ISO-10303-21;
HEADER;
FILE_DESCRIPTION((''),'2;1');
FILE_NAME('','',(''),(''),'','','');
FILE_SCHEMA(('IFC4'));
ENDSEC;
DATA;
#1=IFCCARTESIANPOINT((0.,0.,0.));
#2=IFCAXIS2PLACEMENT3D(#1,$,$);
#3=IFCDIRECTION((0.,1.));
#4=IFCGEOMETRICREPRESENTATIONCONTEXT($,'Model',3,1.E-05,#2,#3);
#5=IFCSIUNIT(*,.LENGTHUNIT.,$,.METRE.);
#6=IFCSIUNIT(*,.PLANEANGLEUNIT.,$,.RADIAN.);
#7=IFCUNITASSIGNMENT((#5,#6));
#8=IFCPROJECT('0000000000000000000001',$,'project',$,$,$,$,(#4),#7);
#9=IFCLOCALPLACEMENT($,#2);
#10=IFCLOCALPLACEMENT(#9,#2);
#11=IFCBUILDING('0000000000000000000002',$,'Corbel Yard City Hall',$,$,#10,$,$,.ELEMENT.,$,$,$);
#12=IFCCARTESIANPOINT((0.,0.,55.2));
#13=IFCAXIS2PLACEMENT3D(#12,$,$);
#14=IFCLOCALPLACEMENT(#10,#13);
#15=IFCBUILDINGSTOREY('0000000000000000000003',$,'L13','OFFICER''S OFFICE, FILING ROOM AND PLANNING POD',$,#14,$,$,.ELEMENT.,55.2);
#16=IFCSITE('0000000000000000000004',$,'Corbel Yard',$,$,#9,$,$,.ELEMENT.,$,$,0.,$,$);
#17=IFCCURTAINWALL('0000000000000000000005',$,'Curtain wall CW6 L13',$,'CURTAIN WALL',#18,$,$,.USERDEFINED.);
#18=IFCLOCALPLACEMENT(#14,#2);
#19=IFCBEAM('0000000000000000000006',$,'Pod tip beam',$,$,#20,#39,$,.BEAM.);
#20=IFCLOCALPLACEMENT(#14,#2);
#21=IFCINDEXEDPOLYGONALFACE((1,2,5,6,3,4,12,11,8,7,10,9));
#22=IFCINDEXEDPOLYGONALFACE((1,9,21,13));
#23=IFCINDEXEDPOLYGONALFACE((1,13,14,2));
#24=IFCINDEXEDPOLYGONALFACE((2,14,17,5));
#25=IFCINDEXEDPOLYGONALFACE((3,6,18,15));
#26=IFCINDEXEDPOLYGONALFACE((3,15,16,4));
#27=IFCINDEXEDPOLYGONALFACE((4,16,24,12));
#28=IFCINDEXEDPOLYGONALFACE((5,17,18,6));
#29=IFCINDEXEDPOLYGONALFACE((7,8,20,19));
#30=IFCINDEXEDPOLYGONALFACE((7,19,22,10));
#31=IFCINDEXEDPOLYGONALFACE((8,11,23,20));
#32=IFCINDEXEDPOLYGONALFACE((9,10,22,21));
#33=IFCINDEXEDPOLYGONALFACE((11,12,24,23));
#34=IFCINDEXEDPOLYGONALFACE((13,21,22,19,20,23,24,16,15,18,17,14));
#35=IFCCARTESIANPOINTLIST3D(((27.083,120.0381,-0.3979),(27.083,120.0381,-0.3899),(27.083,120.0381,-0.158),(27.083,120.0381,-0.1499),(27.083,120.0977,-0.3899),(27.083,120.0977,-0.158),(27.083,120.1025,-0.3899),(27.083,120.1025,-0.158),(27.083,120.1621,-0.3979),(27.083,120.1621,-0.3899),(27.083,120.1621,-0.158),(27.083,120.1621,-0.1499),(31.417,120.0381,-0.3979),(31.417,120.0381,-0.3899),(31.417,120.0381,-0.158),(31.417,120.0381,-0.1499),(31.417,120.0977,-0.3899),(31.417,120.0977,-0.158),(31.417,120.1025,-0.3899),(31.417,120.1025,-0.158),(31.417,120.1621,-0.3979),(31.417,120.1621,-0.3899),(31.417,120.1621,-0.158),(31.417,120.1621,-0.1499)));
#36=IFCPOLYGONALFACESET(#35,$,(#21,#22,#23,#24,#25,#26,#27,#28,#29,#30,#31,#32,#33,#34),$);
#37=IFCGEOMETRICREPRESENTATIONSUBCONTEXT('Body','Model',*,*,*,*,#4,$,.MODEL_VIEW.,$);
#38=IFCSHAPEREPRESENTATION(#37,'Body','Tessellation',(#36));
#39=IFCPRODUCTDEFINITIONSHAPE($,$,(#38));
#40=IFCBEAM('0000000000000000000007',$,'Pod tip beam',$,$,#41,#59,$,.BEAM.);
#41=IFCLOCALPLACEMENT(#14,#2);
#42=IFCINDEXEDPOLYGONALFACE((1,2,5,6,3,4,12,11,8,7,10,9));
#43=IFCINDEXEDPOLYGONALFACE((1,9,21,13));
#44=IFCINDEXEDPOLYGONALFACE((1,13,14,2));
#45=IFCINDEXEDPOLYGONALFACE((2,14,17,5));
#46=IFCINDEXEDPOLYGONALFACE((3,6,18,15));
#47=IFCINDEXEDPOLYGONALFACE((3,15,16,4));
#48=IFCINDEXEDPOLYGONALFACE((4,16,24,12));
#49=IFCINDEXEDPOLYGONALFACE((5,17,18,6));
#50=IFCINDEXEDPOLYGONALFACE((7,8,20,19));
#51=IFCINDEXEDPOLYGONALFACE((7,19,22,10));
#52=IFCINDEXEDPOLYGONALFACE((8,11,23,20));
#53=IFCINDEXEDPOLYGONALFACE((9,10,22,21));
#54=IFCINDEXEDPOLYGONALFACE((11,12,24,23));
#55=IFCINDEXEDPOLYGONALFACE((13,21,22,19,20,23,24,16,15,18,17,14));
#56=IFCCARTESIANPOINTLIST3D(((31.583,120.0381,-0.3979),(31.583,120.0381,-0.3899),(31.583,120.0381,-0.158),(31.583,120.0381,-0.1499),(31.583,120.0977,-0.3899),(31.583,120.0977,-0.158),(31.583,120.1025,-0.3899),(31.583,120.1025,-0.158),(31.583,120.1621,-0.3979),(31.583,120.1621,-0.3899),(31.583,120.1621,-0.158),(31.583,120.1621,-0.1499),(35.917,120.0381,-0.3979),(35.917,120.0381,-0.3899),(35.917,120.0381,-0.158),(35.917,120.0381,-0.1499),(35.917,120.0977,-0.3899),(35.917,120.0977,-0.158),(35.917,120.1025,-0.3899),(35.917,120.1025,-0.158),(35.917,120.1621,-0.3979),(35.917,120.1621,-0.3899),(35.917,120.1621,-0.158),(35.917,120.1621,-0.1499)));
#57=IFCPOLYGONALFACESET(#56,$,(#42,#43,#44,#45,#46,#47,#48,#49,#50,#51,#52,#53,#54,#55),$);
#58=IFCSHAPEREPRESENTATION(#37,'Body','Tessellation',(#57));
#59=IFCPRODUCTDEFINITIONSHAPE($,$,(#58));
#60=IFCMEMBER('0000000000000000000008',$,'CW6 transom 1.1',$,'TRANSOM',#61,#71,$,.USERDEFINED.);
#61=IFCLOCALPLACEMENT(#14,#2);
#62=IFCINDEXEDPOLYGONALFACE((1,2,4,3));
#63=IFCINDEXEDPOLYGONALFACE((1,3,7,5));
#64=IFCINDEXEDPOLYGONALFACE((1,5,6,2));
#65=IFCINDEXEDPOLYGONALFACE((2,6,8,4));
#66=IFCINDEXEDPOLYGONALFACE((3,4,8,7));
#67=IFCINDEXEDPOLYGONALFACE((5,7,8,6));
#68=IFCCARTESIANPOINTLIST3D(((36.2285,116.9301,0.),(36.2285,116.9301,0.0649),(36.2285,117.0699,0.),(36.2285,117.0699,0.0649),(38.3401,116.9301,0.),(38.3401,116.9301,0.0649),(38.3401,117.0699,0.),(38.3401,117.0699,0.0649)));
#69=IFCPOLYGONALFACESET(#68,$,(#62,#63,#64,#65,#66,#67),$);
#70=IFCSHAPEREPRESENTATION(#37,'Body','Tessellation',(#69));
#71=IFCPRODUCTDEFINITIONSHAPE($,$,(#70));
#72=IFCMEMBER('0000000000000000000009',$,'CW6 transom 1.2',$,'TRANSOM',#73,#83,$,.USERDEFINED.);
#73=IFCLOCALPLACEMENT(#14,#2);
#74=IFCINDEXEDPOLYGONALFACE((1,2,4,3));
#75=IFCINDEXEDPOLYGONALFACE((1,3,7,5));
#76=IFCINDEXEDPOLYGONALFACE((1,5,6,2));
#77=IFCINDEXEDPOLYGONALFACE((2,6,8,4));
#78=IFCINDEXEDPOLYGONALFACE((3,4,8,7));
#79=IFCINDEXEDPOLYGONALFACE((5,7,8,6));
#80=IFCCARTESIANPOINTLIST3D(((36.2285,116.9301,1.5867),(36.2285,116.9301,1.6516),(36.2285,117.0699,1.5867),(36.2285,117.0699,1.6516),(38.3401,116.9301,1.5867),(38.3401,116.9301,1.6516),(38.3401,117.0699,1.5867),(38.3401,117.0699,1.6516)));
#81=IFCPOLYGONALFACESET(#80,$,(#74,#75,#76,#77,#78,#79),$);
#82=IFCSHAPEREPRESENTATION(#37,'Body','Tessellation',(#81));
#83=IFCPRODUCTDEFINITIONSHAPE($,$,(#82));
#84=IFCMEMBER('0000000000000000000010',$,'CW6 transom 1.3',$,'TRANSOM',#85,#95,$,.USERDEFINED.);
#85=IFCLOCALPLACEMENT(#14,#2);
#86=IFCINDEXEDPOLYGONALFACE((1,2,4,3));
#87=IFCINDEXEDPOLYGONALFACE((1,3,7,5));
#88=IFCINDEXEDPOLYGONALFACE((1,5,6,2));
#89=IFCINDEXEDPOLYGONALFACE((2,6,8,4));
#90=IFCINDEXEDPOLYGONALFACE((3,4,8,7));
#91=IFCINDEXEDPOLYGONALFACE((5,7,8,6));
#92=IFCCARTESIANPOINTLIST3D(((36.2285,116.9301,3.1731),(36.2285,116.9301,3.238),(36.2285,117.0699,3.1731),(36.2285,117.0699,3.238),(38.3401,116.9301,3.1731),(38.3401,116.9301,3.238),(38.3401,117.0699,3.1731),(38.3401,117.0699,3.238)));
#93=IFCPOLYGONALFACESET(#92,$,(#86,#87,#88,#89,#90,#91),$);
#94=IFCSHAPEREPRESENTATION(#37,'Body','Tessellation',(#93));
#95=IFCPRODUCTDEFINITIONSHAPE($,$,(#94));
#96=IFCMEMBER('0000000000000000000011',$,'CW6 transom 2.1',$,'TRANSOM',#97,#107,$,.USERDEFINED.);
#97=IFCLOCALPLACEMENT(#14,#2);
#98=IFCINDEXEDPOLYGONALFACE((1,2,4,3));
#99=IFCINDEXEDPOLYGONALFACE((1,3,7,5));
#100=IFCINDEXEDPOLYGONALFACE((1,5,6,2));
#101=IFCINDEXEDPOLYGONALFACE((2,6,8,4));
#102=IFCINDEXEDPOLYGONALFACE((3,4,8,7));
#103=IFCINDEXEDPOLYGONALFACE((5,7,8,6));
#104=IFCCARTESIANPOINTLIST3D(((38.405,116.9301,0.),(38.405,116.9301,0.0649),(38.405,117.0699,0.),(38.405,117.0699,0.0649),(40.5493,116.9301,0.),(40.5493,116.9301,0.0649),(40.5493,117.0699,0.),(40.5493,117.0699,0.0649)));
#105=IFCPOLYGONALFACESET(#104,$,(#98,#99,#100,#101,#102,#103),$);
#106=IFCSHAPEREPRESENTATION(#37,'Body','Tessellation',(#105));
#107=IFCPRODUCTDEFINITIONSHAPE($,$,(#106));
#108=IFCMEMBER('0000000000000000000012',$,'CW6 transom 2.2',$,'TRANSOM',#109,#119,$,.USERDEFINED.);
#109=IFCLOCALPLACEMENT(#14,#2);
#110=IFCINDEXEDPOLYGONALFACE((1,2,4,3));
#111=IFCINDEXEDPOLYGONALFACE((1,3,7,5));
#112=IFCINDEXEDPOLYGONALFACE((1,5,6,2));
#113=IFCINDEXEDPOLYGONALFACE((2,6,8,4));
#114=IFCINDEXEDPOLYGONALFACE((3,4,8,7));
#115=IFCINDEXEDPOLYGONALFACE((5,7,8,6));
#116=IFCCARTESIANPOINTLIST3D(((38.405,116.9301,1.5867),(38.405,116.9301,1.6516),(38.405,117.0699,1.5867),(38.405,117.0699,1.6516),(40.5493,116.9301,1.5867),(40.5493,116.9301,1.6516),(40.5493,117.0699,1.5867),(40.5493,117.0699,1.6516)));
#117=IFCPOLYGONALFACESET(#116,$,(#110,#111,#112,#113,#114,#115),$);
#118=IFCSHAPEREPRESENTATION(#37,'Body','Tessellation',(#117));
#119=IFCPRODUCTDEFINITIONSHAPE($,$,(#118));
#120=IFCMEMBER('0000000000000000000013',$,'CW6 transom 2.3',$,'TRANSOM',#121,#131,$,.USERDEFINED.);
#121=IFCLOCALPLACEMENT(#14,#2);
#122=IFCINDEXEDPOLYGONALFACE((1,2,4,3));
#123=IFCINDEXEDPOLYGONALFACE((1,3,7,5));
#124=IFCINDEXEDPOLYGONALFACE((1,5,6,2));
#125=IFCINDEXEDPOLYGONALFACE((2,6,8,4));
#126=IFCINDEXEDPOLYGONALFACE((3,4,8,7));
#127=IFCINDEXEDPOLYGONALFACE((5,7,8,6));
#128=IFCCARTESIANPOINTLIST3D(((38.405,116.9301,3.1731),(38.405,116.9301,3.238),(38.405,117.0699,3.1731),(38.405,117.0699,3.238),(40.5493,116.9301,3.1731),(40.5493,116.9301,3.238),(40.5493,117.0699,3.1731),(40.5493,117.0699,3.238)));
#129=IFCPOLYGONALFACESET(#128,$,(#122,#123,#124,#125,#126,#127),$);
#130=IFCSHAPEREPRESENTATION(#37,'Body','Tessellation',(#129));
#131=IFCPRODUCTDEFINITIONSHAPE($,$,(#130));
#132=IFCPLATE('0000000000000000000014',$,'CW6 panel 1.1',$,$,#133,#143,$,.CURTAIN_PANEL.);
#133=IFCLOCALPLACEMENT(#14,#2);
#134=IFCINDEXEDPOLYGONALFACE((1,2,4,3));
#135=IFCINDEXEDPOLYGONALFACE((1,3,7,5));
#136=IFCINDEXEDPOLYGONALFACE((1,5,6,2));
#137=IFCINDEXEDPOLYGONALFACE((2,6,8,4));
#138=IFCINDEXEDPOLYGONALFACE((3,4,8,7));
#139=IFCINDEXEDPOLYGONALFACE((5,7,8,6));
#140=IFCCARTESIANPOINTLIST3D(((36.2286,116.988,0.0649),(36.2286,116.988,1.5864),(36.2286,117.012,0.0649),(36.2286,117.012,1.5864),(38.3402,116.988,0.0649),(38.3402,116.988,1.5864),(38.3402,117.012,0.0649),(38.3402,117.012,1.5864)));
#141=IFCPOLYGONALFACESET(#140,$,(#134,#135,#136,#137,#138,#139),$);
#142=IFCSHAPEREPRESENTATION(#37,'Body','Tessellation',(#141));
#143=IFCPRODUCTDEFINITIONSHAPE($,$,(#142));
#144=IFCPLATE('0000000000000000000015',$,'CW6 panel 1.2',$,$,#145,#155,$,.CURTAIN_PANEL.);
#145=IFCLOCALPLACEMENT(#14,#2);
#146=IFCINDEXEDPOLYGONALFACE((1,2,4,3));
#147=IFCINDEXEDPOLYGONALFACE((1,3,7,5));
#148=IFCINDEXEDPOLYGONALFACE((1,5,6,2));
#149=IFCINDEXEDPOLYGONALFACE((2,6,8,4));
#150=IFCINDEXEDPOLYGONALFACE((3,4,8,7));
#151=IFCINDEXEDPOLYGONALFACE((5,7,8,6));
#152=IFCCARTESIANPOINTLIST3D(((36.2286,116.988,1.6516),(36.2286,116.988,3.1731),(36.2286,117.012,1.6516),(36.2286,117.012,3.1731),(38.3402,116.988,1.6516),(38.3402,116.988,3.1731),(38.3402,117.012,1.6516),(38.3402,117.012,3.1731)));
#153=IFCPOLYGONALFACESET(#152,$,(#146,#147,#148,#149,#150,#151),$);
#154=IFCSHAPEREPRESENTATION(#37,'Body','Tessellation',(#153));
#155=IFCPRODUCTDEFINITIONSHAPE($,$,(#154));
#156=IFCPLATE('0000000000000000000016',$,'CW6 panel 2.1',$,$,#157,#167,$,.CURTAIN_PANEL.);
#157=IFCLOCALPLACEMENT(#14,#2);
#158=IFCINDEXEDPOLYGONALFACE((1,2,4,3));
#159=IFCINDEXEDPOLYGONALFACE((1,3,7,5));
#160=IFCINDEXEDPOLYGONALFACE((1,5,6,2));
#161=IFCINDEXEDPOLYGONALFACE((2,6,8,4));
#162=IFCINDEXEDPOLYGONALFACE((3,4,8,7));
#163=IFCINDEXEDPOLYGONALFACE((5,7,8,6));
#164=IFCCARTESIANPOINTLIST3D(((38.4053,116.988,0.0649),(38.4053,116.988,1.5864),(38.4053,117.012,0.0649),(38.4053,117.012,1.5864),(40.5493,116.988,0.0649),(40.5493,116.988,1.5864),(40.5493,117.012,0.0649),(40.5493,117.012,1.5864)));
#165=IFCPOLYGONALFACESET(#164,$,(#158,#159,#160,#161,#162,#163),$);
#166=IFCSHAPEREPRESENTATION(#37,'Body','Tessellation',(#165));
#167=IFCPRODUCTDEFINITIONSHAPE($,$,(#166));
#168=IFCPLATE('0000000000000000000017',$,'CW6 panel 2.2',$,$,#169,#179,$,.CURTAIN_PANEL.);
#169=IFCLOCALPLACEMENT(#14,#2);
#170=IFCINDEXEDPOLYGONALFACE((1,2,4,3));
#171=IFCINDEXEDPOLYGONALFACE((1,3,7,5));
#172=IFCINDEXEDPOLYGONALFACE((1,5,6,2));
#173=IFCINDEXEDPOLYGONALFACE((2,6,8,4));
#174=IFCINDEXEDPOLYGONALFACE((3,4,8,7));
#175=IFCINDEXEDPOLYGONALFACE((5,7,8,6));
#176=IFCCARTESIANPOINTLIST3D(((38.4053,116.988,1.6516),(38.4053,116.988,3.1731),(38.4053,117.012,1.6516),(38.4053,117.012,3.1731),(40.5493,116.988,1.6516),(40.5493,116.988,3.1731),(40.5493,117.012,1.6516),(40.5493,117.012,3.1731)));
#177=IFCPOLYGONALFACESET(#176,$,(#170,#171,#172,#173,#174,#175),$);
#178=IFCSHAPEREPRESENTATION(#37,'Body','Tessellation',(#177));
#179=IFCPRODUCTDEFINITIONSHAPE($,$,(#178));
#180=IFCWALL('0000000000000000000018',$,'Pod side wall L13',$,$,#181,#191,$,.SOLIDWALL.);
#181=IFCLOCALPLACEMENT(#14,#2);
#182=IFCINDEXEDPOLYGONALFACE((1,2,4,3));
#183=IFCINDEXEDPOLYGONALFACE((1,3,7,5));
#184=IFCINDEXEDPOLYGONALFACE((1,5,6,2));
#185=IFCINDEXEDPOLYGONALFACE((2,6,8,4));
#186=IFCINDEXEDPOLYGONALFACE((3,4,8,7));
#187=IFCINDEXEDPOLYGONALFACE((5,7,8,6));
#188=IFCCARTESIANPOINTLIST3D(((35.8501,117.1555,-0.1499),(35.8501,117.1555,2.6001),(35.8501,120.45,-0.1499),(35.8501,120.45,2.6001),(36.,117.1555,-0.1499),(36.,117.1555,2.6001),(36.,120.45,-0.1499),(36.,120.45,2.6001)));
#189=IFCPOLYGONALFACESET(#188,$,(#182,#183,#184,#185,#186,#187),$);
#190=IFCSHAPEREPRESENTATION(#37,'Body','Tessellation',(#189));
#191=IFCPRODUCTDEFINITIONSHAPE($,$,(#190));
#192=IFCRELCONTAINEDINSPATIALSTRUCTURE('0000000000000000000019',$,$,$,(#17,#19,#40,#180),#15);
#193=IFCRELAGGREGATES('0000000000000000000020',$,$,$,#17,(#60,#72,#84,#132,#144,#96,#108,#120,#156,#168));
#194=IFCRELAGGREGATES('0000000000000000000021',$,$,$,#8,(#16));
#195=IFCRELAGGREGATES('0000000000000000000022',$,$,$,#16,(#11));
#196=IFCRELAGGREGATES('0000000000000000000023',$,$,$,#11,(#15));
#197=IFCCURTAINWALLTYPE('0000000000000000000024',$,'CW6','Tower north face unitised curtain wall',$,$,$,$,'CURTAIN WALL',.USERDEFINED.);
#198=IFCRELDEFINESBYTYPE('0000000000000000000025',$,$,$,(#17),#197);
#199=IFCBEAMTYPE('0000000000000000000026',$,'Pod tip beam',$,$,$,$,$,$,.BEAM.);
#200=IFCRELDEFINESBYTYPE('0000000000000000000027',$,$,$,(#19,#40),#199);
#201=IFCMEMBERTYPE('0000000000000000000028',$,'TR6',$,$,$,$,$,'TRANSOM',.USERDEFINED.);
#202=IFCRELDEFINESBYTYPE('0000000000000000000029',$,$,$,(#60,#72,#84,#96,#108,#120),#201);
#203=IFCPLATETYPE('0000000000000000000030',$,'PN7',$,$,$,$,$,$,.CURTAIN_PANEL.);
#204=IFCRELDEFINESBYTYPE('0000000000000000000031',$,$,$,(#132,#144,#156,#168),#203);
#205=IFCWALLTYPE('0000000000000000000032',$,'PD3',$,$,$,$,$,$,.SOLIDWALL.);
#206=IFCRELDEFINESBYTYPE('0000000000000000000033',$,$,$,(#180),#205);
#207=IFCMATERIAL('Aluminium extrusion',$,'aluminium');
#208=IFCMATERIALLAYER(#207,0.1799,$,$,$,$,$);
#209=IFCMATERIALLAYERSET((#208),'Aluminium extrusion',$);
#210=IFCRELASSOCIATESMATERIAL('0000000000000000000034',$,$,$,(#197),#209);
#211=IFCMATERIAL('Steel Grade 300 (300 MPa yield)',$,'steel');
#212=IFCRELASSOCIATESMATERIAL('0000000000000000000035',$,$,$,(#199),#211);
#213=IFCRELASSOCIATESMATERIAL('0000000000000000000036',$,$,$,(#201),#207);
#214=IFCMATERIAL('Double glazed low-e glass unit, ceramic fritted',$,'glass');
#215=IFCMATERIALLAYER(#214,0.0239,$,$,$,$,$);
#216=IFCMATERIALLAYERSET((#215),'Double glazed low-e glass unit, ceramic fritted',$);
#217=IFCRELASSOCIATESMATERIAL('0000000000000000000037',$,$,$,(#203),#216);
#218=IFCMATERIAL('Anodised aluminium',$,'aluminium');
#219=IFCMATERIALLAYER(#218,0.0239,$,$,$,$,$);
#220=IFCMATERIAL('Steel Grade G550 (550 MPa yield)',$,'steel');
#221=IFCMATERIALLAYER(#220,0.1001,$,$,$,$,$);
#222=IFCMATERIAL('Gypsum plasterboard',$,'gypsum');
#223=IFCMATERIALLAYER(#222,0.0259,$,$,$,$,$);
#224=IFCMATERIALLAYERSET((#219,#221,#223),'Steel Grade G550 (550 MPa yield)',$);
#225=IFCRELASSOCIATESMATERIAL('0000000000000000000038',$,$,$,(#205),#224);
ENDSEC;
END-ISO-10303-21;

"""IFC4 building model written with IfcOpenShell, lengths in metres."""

from ifc_helpers import new_model, si_unit, direction, frame, frame_2d, origin, origin_2d, place, context, subcontext, project, spatial, rectangle, i_section, extrude, material, layer, layer_set, material_profile, profile_set, type_object, element, aggregate, save


model = new_model("IFC4")

# Units and contexts
model_context = context("Model", 3, precision=1e-05, world=origin(), true_north=direction((0.0, 1.0)))
body_context = subcontext(model_context, "Body", "Model", "MODEL_VIEW")
ifc_project = project(units=[si_unit("LENGTHUNIT", "METRE"), si_unit("PLANEANGLEUNIT", "RADIAN")], contexts=[model_context])

# Site, building, storey
site_placement = place(None, origin())
site = spatial("IfcSite", under=ifc_project, at=site_placement, Name="Corbel Yard", CompositionType="ELEMENT", RefElevation=0.0)
building_placement = place(site_placement, origin())
building = spatial("IfcBuilding", under=site, at=building_placement, Name="Corbel Yard City Hall", CompositionType="ELEMENT")
storey_placement = place(building_placement, frame((0.0, 0.0, 55.2)))
storey = spatial("IfcBuildingStorey", under=building, at=storey_placement, Name="L13", Description="OFFICER'S OFFICE, FILING ROOM AND PLANNING POD", CompositionType="ELEMENT", Elevation=55.2)

# Shared definitions
ifc_material_1 = material(Name="Steel Grade 300 (300 MPa yield)", Category="steel")

# Curtain wall
ifc_material_2 = material(Name="Aluminium extrusion", Category="aluminium")
ifc_layer_1 = layer(ifc_material_2, 0.1799)
ifc_layer_set_1 = layer_set([ifc_layer_1], Name="Aluminium extrusion")
curtain_wall_type = type_object("IfcCurtainWallType", Name="CW6", Description="Tower north face unitised curtain wall", ElementType="CURTAIN WALL", PredefinedType="USERDEFINED", material=ifc_layer_set_1)
curtain_wall_placement = place(storey_placement, origin())
curtain_wall = element("IfcCurtainWall", 1, at=curtain_wall_placement, inside=storey, type_object=curtain_wall_type, Name="Curtain wall CW6 L13", ObjectType="CURTAIN WALL", PredefinedType="USERDEFINED")

# Beams
ifc_material_profile_1 = material_profile(ifc_material_1, i_section(OverallWidth=0.124, OverallDepth=0.248, WebThickness=0.0049, FlangeThickness=0.0081, at=origin_2d()), Name="250UB25.7")
ifc_profile_set_1 = profile_set([ifc_material_profile_1], Name="Steel Grade 300 (300 MPa yield)")
beam_type_1 = type_object("IfcBeamType", Name="Pod tip beam", PredefinedType="BEAM", material=ifc_profile_set_1)
for number, where, z_axis, x_axis, name in (
    (2, (27.083, 120.1001, -0.2739), (1.0, 0.0, 0.0), (0.0, 1.0, 0.0), "Pod tip beam"),
    (3, (31.583, 120.1001, -0.2739), (1.0, 0.0, 0.0), (0.0, 1.0, 0.0), "Pod tip beam"),
):
    element("IfcBeam", number, at=place(storey_placement, frame(where, z_axis=z_axis, x_axis=x_axis)), inside=storey, type_object=beam_type_1, Name=name, PredefinedType="BEAM", context=body_context, shape_type="SweptSolid", body=[
        extrude(i_section(OverallWidth=0.124, OverallDepth=0.248, WebThickness=0.0049, FlangeThickness=0.0081, at=origin_2d()), origin(), (0.0, 0.0, 1.0), 4.334),
    ])

# Members
ifc_material_profile_2 = material_profile(ifc_material_2, rectangle(XDim=0.1399, YDim=0.0649, at=origin_2d()), Name="140x65")
ifc_profile_set_2 = profile_set([ifc_material_profile_2], Name="Aluminium extrusion")
member_type_1 = type_object("IfcMemberType", Name="TR6", ElementType="TRANSOM", PredefinedType="USERDEFINED", material=ifc_profile_set_2)
member_1_placement = place(storey_placement, frame((36.2285, 117.0, 0.0325), z_axis=(1.0, 0.0, 0.0), x_axis=(0.0, 1.0, 0.0)))
member_1 = element("IfcMember", 4, at=member_1_placement, type_object=member_type_1, Name="CW6 transom 1.1", ObjectType="TRANSOM", PredefinedType="USERDEFINED", context=body_context, shape_type="SweptSolid", body=[
    extrude(rectangle(XDim=0.1399, YDim=0.0649, at=origin_2d()), origin(), (0.0, 0.0, 1.0), 2.1116),
])
member_2_placement = place(storey_placement, frame((36.2285, 117.0, 1.6191), z_axis=(1.0, 0.0, 0.0), x_axis=(0.0, 1.0, 0.0)))
member_2 = element("IfcMember", 5, at=member_2_placement, type_object=member_type_1, Name="CW6 transom 1.2", ObjectType="TRANSOM", PredefinedType="USERDEFINED", context=body_context, shape_type="SweptSolid", body=[
    extrude(rectangle(XDim=0.1399, YDim=0.0649, at=origin_2d()), origin(), (0.0, 0.0, 1.0), 2.1116),
])
member_3_placement = place(storey_placement, frame((36.2285, 117.0, 3.2056), z_axis=(1.0, 0.0, 0.0), x_axis=(0.0, 1.0, 0.0)))
member_3 = element("IfcMember", 6, at=member_3_placement, type_object=member_type_1, Name="CW6 transom 1.3", ObjectType="TRANSOM", PredefinedType="USERDEFINED", context=body_context, shape_type="SweptSolid", body=[
    extrude(rectangle(XDim=0.1399, YDim=0.0649, at=origin_2d()), origin(), (0.0, 0.0, 1.0), 2.1116),
])
member_4_placement = place(storey_placement, frame((38.405, 117.0, 0.0325), z_axis=(1.0, 0.0, 0.0), x_axis=(0.0, 1.0, 0.0)))
member_4 = element("IfcMember", 7, at=member_4_placement, type_object=member_type_1, Name="CW6 transom 2.1", ObjectType="TRANSOM", PredefinedType="USERDEFINED", context=body_context, shape_type="SweptSolid", body=[
    extrude(rectangle(XDim=0.1399, YDim=0.0649, at=origin_2d()), origin(), (0.0, 0.0, 1.0), 2.1443),
])
member_5_placement = place(storey_placement, frame((38.405, 117.0, 1.6191), z_axis=(1.0, 0.0, 0.0), x_axis=(0.0, 1.0, 0.0)))
member_5 = element("IfcMember", 8, at=member_5_placement, type_object=member_type_1, Name="CW6 transom 2.2", ObjectType="TRANSOM", PredefinedType="USERDEFINED", context=body_context, shape_type="SweptSolid", body=[
    extrude(rectangle(XDim=0.1399, YDim=0.0649, at=origin_2d()), origin(), (0.0, 0.0, 1.0), 2.1443),
])
member_6_placement = place(storey_placement, frame((38.405, 117.0, 3.2056), z_axis=(1.0, 0.0, 0.0), x_axis=(0.0, 1.0, 0.0)))
member_6 = element("IfcMember", 9, at=member_6_placement, type_object=member_type_1, Name="CW6 transom 2.3", ObjectType="TRANSOM", PredefinedType="USERDEFINED", context=body_context, shape_type="SweptSolid", body=[
    extrude(rectangle(XDim=0.1399, YDim=0.0649, at=origin_2d()), origin(), (0.0, 0.0, 1.0), 2.1443),
])

# Plates
ifc_material_3 = material(Name="Double glazed low-e glass unit, ceramic fritted", Category="glass")
ifc_layer_2 = layer(ifc_material_3, 0.0239)
ifc_layer_set_2 = layer_set([ifc_layer_2], Name="Double glazed low-e glass unit, ceramic fritted")
plate_type = type_object("IfcPlateType", Name="PN7", PredefinedType="CURTAIN_PANEL", material=ifc_layer_set_2)
plate_1_placement = place(storey_placement, frame((37.2844, 117.0, 0.0649), z_axis=(0.0, 0.0, 1.0), x_axis=(1.0, 0.0, 0.0)))
plate_1 = element("IfcPlate", 10, at=plate_1_placement, type_object=plate_type, Name="CW6 panel 1.1", PredefinedType="CURTAIN_PANEL", context=body_context, shape_type="SweptSolid", body=[
    extrude(rectangle(XDim=2.1116, YDim=0.0239, at=origin_2d()), origin(), (0.0, 0.0, 1.0), 1.5215),
])
plate_2_placement = place(storey_placement, frame((37.2844, 117.0, 1.6516), z_axis=(0.0, 0.0, 1.0), x_axis=(1.0, 0.0, 0.0)))
plate_2 = element("IfcPlate", 11, at=plate_2_placement, type_object=plate_type, Name="CW6 panel 1.2", PredefinedType="CURTAIN_PANEL", context=body_context, shape_type="SweptSolid", body=[
    extrude(rectangle(XDim=2.1116, YDim=0.0239, at=origin_2d()), origin(), (0.0, 0.0, 1.0), 1.5215),
])
plate_3_placement = place(storey_placement, frame((39.4773, 117.0, 0.0649), z_axis=(0.0, 0.0, 1.0), x_axis=(1.0, 0.0, 0.0)))
plate_3 = element("IfcPlate", 12, at=plate_3_placement, type_object=plate_type, Name="CW6 panel 2.1", PredefinedType="CURTAIN_PANEL", context=body_context, shape_type="SweptSolid", body=[
    extrude(rectangle(XDim=2.144, YDim=0.0239, at=origin_2d()), origin(), (0.0, 0.0, 1.0), 1.5215),
])
plate_4_placement = place(storey_placement, frame((39.4773, 117.0, 1.6516), z_axis=(0.0, 0.0, 1.0), x_axis=(1.0, 0.0, 0.0)))
plate_4 = element("IfcPlate", 13, at=plate_4_placement, type_object=plate_type, Name="CW6 panel 2.2", PredefinedType="CURTAIN_PANEL", context=body_context, shape_type="SweptSolid", body=[
    extrude(rectangle(XDim=2.144, YDim=0.0239, at=origin_2d()), origin(), (0.0, 0.0, 1.0), 1.5215),
])
aggregate(curtain_wall, [member_1, member_2, member_3, plate_1, plate_2, member_4, member_5, member_6, plate_3, plate_4])

# Wall
ifc_material_4 = material(Name="Anodised aluminium", Category="aluminium")
ifc_layer_3 = layer(ifc_material_4, 0.0239)
ifc_material_5 = material(Name="Steel Grade G550 (550 MPa yield)", Category="steel")
ifc_layer_4 = layer(ifc_material_5, 0.1001)
ifc_material_6 = material(Name="Gypsum plasterboard", Category="gypsum")
ifc_layer_5 = layer(ifc_material_6, 0.0259)
ifc_layer_set_3 = layer_set([ifc_layer_3, ifc_layer_4, ifc_layer_5], Name="Steel Grade G550 (550 MPa yield)")
wall_type_1 = type_object("IfcWallType", Name="PD3", PredefinedType="SOLIDWALL", material=ifc_layer_set_3)
wall_1_placement = place(storey_placement, frame((35.925, 120.45, -0.1499), z_axis=(0.0, 0.0, 1.0), x_axis=(0.0, -1.0, 0.0)))
element("IfcWall", 14, at=wall_1_placement, inside=storey, type_object=wall_type_1, Name="Pod side wall L13", PredefinedType="SOLIDWALL", context=body_context, shape_type="SweptSolid", body=[
    extrude(rectangle(XDim=3.2944, YDim=0.1499, at=frame_2d((1.6472, 0.0))), origin(), (0.0, 0.0, 1.0), 2.75),
])

save(model, "model.ifc")
